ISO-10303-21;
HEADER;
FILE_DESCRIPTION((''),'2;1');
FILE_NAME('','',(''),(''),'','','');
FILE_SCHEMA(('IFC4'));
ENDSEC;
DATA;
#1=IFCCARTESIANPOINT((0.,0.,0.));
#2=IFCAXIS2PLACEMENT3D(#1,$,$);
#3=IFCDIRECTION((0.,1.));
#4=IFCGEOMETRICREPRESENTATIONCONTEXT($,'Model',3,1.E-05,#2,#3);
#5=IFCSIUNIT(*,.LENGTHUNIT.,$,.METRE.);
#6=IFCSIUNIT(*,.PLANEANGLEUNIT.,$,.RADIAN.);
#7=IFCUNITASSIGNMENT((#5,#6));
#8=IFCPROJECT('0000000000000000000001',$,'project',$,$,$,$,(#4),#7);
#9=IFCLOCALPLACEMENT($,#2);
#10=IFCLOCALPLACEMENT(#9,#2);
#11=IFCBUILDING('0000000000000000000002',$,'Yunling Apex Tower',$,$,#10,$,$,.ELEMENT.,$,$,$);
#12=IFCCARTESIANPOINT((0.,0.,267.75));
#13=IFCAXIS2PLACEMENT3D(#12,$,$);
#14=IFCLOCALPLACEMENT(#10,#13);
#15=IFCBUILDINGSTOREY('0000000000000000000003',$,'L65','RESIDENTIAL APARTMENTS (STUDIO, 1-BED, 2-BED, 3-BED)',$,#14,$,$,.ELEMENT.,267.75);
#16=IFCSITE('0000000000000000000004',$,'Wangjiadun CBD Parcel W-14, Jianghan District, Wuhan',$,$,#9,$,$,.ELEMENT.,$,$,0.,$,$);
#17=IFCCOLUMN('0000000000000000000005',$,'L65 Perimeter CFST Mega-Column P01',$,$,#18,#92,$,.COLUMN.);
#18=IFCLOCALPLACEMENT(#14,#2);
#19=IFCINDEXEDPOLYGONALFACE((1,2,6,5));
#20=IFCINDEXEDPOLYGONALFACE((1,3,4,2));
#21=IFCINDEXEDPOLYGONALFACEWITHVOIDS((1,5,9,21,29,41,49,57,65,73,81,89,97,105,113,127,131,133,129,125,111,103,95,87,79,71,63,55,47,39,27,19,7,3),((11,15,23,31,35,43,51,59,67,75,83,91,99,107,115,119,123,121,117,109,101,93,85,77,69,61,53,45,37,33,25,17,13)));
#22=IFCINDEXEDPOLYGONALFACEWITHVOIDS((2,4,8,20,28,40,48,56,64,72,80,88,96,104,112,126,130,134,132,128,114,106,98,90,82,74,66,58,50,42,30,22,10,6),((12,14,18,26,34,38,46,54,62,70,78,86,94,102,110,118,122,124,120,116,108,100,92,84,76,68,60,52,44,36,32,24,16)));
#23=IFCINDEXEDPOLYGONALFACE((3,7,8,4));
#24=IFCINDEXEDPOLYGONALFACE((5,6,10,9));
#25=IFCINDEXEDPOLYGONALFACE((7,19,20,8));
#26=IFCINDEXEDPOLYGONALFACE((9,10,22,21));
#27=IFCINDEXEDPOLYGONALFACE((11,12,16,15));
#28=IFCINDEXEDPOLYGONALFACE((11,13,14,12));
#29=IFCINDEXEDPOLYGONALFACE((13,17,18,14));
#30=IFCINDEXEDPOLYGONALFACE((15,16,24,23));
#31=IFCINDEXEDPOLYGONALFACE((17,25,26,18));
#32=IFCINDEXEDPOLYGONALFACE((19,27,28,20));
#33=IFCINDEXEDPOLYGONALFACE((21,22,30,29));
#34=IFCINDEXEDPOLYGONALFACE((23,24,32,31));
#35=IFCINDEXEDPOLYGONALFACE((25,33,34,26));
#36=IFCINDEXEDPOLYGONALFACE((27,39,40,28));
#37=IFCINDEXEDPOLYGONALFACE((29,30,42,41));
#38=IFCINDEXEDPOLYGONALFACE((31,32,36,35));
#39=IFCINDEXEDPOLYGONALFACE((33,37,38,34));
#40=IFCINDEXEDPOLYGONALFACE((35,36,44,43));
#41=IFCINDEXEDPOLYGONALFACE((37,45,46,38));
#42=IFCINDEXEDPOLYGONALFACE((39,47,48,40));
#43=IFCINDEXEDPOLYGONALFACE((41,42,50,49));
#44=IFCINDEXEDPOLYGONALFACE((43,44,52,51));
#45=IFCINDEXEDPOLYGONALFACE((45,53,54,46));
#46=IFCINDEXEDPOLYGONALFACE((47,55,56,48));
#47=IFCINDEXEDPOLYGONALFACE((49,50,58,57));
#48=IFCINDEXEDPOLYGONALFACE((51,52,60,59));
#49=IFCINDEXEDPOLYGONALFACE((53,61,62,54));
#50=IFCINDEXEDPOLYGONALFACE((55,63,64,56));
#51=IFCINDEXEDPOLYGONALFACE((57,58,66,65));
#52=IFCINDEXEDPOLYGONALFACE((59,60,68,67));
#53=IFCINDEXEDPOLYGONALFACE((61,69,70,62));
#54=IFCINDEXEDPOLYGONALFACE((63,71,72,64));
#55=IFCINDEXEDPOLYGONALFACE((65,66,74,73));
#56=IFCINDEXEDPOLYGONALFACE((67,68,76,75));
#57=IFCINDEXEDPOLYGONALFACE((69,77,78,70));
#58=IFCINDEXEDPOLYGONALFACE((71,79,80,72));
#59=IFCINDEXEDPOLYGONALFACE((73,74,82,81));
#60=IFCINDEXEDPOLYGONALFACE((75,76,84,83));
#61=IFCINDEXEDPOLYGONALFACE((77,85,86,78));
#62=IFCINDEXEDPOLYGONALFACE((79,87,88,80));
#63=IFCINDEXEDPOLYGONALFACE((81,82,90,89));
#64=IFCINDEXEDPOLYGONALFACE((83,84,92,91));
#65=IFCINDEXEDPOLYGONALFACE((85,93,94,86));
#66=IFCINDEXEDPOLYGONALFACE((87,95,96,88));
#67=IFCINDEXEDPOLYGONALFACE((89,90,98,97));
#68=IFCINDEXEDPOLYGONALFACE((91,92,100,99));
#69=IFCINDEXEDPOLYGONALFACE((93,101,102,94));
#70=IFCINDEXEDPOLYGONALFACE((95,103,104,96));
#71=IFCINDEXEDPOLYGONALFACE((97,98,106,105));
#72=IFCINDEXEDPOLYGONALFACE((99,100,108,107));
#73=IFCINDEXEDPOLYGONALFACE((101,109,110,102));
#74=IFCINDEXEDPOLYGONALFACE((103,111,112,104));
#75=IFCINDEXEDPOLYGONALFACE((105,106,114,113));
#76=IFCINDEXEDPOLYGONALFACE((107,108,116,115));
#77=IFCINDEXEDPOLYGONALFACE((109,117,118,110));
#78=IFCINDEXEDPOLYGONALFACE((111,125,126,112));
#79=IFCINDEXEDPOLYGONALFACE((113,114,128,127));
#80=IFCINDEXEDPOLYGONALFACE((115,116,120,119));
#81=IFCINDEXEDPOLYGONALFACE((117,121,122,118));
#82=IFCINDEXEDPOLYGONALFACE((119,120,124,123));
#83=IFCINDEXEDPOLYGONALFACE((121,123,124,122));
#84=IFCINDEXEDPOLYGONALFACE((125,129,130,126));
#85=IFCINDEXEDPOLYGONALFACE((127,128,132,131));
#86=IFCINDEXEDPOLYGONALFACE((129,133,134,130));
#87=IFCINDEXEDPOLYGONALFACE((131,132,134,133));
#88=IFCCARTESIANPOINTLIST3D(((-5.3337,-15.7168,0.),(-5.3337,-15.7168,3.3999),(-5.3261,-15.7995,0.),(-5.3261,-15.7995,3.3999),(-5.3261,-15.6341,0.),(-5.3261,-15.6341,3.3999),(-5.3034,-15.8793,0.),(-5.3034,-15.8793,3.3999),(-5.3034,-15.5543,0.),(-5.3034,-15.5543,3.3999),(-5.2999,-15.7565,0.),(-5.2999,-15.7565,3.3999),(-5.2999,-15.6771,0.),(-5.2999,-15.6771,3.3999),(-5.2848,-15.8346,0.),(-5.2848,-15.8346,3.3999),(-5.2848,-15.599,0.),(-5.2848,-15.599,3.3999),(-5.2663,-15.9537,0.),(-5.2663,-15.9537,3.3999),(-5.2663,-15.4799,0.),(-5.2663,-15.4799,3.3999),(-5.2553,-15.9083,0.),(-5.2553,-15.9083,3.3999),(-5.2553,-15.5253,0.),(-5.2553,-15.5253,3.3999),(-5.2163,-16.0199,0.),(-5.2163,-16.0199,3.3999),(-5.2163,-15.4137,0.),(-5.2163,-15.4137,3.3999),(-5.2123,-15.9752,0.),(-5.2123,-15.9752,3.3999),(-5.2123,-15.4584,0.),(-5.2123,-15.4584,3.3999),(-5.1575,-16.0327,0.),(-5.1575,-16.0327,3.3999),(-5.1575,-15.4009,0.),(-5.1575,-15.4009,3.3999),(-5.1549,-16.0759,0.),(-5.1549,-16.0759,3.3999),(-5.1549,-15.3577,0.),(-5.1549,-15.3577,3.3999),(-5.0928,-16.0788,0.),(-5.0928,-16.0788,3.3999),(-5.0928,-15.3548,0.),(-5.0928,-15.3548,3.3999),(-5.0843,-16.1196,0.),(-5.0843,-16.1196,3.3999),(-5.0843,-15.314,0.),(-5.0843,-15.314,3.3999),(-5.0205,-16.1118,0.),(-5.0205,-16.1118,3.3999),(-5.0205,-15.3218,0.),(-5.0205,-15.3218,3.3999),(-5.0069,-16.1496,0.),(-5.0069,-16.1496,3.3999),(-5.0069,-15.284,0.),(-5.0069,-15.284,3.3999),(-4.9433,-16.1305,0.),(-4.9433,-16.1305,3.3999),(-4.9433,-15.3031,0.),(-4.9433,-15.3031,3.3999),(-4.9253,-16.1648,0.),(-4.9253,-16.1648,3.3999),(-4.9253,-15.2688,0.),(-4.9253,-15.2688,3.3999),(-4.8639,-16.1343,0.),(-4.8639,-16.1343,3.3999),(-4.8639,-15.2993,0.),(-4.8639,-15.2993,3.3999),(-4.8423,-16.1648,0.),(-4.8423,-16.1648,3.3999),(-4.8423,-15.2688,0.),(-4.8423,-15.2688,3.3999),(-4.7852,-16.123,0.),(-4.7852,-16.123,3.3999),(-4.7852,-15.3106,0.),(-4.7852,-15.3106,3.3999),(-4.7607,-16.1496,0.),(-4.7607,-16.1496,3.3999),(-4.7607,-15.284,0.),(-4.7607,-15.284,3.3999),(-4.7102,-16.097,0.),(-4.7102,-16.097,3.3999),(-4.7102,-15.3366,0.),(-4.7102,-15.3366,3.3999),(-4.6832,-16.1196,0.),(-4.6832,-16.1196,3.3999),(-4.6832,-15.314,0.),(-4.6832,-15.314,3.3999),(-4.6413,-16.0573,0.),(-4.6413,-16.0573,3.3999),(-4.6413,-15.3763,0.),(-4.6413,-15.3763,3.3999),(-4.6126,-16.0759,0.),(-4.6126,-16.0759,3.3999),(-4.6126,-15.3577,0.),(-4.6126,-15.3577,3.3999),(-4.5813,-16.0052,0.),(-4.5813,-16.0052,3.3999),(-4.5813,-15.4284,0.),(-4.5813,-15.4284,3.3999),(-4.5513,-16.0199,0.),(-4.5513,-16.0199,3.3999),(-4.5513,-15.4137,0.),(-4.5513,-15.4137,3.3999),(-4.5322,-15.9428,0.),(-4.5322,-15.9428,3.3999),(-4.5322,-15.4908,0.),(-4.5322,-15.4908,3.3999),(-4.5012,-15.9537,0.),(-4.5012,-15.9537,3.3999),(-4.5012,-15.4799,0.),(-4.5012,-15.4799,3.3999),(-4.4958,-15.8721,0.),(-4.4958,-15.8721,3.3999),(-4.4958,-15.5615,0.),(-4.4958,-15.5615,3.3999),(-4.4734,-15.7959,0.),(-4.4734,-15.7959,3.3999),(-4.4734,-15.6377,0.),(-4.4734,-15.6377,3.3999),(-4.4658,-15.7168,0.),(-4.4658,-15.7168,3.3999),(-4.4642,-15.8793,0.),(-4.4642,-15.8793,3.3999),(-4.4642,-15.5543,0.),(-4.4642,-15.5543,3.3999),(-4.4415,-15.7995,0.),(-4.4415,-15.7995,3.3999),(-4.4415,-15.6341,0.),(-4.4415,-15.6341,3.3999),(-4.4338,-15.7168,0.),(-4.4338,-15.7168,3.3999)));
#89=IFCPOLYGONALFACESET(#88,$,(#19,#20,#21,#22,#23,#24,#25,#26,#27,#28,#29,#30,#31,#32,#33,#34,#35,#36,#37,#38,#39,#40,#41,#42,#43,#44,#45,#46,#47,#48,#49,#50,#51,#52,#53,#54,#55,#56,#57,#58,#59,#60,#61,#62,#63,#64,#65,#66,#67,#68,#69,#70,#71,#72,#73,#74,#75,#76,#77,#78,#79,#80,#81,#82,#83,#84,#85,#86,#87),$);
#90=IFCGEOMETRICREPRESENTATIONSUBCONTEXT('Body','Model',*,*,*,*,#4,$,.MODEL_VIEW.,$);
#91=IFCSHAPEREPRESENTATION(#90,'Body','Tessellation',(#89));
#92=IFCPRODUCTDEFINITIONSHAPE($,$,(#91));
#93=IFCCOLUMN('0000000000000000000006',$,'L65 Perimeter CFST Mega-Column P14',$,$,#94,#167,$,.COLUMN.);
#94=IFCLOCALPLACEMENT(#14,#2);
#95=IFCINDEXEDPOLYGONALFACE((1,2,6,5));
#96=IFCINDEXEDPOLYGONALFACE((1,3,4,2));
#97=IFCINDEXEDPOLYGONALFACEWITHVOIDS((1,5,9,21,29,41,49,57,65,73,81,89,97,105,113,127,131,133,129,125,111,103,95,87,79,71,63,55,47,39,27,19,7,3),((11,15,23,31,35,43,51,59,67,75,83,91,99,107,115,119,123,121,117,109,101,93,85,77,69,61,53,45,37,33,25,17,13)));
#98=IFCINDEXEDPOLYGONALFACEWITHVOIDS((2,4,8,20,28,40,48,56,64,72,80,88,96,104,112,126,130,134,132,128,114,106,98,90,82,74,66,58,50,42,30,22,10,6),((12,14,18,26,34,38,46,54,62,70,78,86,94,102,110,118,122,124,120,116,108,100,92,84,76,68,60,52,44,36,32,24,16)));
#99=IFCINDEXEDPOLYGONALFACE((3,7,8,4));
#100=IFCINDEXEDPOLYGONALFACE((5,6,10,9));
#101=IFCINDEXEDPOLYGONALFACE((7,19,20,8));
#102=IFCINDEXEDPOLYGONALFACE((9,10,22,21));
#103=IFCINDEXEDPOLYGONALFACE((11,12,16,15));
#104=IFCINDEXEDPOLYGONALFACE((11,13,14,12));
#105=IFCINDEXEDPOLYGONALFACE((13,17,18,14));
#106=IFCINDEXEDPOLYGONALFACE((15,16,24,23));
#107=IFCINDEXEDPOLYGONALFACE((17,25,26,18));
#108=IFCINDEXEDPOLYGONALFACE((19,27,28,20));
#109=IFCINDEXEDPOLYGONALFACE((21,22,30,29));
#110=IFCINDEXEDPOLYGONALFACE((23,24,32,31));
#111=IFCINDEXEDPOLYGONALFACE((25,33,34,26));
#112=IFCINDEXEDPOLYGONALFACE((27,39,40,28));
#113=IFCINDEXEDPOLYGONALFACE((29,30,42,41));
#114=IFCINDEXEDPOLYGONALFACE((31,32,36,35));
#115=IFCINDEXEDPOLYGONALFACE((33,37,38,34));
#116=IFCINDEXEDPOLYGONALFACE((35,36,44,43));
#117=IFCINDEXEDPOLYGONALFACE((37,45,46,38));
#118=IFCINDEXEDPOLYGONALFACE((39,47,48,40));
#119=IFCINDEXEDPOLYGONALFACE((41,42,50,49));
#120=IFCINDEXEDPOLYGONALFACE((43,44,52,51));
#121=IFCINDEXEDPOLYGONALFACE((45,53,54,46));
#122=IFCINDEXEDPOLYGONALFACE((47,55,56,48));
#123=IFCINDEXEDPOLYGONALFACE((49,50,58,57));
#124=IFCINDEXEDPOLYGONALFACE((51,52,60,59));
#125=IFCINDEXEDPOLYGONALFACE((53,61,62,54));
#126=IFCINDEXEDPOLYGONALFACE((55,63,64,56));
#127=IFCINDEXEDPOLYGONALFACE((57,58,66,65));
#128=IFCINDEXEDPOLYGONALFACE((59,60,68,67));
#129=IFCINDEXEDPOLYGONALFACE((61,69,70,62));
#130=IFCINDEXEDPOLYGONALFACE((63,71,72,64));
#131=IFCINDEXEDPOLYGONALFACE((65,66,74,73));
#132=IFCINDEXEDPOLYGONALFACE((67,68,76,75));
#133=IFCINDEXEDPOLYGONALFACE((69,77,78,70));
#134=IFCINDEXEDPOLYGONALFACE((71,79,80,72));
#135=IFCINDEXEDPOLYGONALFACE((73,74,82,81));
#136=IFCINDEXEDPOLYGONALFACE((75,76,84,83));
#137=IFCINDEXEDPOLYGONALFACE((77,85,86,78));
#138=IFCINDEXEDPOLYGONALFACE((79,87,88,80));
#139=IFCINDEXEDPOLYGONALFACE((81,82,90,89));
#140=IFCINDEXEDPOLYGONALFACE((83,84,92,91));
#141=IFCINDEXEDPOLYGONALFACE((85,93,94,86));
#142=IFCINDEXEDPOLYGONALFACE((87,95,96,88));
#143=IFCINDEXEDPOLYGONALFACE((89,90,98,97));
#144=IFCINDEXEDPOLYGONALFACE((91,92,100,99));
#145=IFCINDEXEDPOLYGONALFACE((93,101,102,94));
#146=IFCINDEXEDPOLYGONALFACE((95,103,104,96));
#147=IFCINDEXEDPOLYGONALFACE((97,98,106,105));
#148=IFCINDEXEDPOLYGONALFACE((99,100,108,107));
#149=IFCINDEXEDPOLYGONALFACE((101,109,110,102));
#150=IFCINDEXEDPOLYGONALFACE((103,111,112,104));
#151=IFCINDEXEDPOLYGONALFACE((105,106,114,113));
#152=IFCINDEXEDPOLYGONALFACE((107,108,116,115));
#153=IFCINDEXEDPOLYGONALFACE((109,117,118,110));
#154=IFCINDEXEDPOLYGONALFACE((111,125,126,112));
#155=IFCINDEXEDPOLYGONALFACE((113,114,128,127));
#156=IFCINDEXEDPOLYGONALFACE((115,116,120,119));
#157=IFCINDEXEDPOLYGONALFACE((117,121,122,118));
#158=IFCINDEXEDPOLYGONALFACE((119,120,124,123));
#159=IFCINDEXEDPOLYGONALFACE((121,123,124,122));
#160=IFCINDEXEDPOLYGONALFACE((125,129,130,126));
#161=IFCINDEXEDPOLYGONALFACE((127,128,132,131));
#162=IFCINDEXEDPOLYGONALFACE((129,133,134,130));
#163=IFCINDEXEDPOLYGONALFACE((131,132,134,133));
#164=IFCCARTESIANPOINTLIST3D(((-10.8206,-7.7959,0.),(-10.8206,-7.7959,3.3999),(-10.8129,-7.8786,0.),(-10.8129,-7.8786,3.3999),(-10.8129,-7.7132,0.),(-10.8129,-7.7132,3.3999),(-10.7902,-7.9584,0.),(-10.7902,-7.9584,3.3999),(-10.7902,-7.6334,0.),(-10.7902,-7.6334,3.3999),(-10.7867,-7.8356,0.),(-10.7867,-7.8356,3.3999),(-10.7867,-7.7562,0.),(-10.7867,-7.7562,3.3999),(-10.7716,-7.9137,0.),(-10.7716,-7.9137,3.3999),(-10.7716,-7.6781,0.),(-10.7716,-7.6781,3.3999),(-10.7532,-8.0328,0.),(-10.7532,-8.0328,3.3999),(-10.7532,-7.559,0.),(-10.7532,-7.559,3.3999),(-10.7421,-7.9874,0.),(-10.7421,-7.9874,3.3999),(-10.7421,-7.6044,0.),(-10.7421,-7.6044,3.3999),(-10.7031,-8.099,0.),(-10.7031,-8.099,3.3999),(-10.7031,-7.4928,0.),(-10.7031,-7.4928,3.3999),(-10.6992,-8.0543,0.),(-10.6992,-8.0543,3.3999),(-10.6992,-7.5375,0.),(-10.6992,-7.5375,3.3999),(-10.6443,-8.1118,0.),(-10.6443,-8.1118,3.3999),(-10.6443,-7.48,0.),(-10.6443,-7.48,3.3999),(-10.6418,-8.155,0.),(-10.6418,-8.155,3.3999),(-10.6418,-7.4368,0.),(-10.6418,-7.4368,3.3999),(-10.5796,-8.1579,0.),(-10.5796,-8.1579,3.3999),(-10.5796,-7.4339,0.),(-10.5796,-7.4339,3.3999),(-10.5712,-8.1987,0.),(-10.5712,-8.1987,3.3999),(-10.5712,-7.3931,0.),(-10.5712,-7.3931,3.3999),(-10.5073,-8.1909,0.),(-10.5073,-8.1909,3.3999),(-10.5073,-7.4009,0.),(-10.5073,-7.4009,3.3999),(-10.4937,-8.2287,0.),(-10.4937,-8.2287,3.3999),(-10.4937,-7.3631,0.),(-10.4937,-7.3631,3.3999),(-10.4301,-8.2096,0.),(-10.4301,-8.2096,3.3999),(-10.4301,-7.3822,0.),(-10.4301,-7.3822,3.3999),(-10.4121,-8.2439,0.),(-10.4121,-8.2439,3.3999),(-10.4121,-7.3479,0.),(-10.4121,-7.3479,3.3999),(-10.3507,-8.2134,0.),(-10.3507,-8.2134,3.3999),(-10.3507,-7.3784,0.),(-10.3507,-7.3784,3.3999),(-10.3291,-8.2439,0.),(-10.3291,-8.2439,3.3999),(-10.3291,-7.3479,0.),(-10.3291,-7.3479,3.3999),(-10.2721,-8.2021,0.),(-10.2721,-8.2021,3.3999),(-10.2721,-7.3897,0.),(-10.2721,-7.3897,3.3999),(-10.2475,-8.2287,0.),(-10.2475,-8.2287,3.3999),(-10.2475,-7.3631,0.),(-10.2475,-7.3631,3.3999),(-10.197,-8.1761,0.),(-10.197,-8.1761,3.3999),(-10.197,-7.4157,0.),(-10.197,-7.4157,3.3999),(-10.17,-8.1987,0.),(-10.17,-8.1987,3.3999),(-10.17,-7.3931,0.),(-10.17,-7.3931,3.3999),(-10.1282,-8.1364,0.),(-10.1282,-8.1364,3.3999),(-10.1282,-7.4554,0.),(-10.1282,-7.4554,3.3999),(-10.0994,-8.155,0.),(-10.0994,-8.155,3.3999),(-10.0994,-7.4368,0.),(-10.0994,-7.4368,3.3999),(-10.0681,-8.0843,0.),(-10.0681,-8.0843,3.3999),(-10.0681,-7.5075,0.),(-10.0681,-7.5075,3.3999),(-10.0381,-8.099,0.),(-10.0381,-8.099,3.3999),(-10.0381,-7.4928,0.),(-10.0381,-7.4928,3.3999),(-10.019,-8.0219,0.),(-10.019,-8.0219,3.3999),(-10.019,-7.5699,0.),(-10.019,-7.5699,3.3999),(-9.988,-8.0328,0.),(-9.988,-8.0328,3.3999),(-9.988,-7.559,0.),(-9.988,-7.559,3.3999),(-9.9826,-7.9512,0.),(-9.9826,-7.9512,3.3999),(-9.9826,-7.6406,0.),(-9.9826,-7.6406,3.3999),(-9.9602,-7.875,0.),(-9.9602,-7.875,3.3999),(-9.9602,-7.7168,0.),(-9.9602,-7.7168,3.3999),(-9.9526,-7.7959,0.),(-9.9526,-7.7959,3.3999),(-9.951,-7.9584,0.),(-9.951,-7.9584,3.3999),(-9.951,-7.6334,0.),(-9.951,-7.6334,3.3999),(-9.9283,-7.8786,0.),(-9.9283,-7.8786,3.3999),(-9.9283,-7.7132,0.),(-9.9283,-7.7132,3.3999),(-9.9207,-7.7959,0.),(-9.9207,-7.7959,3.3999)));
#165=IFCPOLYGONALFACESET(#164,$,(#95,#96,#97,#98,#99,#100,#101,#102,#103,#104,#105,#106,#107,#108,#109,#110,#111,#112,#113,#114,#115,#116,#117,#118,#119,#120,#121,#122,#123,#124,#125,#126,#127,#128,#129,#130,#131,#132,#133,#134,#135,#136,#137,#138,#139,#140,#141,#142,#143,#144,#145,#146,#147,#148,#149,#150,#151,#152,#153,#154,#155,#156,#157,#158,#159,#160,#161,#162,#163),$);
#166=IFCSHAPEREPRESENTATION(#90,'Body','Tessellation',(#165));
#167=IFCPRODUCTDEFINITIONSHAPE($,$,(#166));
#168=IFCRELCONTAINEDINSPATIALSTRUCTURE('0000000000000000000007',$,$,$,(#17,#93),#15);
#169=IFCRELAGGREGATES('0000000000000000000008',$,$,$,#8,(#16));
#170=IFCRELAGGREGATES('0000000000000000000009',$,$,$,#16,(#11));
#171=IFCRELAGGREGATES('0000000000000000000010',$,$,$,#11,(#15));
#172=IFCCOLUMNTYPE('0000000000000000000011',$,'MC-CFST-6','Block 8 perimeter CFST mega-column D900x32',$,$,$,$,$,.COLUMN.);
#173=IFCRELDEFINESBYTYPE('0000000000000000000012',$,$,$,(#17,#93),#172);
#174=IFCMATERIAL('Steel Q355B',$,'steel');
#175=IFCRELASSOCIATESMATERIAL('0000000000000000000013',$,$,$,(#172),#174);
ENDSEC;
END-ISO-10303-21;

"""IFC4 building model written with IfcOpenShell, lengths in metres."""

from ifc_helpers import new_model, si_unit, direction, frame, origin, origin_2d, place, context, subcontext, project, spatial, hollow_circle, extrude, source, transform, mapped, material, material_profile, profile_set, type_object, element, save


model = new_model("IFC4")

# Units and contexts
model_context = context("Model", 3, precision=1e-05, world=origin(), true_north=direction((0.0, 1.0)))
body_context = subcontext(model_context, "Body", "Model", "MODEL_VIEW")
ifc_project = project(units=[si_unit("LENGTHUNIT", "METRE"), si_unit("PLANEANGLEUNIT", "RADIAN")], contexts=[model_context])

# Site, building, storey
site_placement = place(None, origin())
site = spatial("IfcSite", under=ifc_project, at=site_placement, Name="Wangjiadun CBD Parcel W-14, Jianghan District, Wuhan", CompositionType="ELEMENT", RefElevation=0.0)
building_placement = place(site_placement, origin())
building = spatial("IfcBuilding", under=site, at=building_placement, Name="Yunling Apex Tower", CompositionType="ELEMENT")
storey_placement = place(building_placement, frame((0.0, 0.0, 267.75)))
storey = spatial("IfcBuildingStorey", under=building, at=storey_placement, Name="L65", Description="RESIDENTIAL APARTMENTS (STUDIO, 1-BED, 2-BED, 3-BED)", CompositionType="ELEMENT", Elevation=267.75)

# Columns
ifc_material_1 = material(Name="Steel Q355B", Category="steel")
ifc_material_profile_1 = material_profile(ifc_material_1, hollow_circle(Radius=0.45, WallThickness=0.032, at=origin_2d()))
ifc_profile_set_1 = profile_set([ifc_material_profile_1], Name="Steel Q355B")
column_type = type_object("IfcColumnType", Name="MC-CFST-6", Description="Block 8 perimeter CFST mega-column D900x32", PredefinedType="COLUMN", material=ifc_profile_set_1)
shared_shape_1 = source(origin(), body_context, "Body", "SweptSolid", [
    extrude(hollow_circle(Radius=0.45, WallThickness=0.032, at=origin_2d()), origin(), (0.0, 0.0, 1.0), 3.3999),
])
for number, where, z_axis, x_axis, name in (
    (1, (-4.8838, -15.7168, 0.0), (0.0, 0.0, 1.0), (1.0, 0.0, 0.0), "L65 Perimeter CFST Mega-Column P01"),
    (2, (-10.3706, -7.7959, 0.0), (0.0, 0.0, 1.0), (1.0, 0.0, 0.0), "L65 Perimeter CFST Mega-Column P14"),
):
    element("IfcColumn", number, at=place(storey_placement, frame(where, z_axis=z_axis, x_axis=x_axis)), inside=storey, type_object=column_type, Name=name, PredefinedType="COLUMN", context=body_context, shape_type="MappedRepresentation", body=[
        mapped(shared_shape_1, transform((0.0, 0.0, 0.0), scale=1.0)),
    ])

save(model, "model.ifc")
